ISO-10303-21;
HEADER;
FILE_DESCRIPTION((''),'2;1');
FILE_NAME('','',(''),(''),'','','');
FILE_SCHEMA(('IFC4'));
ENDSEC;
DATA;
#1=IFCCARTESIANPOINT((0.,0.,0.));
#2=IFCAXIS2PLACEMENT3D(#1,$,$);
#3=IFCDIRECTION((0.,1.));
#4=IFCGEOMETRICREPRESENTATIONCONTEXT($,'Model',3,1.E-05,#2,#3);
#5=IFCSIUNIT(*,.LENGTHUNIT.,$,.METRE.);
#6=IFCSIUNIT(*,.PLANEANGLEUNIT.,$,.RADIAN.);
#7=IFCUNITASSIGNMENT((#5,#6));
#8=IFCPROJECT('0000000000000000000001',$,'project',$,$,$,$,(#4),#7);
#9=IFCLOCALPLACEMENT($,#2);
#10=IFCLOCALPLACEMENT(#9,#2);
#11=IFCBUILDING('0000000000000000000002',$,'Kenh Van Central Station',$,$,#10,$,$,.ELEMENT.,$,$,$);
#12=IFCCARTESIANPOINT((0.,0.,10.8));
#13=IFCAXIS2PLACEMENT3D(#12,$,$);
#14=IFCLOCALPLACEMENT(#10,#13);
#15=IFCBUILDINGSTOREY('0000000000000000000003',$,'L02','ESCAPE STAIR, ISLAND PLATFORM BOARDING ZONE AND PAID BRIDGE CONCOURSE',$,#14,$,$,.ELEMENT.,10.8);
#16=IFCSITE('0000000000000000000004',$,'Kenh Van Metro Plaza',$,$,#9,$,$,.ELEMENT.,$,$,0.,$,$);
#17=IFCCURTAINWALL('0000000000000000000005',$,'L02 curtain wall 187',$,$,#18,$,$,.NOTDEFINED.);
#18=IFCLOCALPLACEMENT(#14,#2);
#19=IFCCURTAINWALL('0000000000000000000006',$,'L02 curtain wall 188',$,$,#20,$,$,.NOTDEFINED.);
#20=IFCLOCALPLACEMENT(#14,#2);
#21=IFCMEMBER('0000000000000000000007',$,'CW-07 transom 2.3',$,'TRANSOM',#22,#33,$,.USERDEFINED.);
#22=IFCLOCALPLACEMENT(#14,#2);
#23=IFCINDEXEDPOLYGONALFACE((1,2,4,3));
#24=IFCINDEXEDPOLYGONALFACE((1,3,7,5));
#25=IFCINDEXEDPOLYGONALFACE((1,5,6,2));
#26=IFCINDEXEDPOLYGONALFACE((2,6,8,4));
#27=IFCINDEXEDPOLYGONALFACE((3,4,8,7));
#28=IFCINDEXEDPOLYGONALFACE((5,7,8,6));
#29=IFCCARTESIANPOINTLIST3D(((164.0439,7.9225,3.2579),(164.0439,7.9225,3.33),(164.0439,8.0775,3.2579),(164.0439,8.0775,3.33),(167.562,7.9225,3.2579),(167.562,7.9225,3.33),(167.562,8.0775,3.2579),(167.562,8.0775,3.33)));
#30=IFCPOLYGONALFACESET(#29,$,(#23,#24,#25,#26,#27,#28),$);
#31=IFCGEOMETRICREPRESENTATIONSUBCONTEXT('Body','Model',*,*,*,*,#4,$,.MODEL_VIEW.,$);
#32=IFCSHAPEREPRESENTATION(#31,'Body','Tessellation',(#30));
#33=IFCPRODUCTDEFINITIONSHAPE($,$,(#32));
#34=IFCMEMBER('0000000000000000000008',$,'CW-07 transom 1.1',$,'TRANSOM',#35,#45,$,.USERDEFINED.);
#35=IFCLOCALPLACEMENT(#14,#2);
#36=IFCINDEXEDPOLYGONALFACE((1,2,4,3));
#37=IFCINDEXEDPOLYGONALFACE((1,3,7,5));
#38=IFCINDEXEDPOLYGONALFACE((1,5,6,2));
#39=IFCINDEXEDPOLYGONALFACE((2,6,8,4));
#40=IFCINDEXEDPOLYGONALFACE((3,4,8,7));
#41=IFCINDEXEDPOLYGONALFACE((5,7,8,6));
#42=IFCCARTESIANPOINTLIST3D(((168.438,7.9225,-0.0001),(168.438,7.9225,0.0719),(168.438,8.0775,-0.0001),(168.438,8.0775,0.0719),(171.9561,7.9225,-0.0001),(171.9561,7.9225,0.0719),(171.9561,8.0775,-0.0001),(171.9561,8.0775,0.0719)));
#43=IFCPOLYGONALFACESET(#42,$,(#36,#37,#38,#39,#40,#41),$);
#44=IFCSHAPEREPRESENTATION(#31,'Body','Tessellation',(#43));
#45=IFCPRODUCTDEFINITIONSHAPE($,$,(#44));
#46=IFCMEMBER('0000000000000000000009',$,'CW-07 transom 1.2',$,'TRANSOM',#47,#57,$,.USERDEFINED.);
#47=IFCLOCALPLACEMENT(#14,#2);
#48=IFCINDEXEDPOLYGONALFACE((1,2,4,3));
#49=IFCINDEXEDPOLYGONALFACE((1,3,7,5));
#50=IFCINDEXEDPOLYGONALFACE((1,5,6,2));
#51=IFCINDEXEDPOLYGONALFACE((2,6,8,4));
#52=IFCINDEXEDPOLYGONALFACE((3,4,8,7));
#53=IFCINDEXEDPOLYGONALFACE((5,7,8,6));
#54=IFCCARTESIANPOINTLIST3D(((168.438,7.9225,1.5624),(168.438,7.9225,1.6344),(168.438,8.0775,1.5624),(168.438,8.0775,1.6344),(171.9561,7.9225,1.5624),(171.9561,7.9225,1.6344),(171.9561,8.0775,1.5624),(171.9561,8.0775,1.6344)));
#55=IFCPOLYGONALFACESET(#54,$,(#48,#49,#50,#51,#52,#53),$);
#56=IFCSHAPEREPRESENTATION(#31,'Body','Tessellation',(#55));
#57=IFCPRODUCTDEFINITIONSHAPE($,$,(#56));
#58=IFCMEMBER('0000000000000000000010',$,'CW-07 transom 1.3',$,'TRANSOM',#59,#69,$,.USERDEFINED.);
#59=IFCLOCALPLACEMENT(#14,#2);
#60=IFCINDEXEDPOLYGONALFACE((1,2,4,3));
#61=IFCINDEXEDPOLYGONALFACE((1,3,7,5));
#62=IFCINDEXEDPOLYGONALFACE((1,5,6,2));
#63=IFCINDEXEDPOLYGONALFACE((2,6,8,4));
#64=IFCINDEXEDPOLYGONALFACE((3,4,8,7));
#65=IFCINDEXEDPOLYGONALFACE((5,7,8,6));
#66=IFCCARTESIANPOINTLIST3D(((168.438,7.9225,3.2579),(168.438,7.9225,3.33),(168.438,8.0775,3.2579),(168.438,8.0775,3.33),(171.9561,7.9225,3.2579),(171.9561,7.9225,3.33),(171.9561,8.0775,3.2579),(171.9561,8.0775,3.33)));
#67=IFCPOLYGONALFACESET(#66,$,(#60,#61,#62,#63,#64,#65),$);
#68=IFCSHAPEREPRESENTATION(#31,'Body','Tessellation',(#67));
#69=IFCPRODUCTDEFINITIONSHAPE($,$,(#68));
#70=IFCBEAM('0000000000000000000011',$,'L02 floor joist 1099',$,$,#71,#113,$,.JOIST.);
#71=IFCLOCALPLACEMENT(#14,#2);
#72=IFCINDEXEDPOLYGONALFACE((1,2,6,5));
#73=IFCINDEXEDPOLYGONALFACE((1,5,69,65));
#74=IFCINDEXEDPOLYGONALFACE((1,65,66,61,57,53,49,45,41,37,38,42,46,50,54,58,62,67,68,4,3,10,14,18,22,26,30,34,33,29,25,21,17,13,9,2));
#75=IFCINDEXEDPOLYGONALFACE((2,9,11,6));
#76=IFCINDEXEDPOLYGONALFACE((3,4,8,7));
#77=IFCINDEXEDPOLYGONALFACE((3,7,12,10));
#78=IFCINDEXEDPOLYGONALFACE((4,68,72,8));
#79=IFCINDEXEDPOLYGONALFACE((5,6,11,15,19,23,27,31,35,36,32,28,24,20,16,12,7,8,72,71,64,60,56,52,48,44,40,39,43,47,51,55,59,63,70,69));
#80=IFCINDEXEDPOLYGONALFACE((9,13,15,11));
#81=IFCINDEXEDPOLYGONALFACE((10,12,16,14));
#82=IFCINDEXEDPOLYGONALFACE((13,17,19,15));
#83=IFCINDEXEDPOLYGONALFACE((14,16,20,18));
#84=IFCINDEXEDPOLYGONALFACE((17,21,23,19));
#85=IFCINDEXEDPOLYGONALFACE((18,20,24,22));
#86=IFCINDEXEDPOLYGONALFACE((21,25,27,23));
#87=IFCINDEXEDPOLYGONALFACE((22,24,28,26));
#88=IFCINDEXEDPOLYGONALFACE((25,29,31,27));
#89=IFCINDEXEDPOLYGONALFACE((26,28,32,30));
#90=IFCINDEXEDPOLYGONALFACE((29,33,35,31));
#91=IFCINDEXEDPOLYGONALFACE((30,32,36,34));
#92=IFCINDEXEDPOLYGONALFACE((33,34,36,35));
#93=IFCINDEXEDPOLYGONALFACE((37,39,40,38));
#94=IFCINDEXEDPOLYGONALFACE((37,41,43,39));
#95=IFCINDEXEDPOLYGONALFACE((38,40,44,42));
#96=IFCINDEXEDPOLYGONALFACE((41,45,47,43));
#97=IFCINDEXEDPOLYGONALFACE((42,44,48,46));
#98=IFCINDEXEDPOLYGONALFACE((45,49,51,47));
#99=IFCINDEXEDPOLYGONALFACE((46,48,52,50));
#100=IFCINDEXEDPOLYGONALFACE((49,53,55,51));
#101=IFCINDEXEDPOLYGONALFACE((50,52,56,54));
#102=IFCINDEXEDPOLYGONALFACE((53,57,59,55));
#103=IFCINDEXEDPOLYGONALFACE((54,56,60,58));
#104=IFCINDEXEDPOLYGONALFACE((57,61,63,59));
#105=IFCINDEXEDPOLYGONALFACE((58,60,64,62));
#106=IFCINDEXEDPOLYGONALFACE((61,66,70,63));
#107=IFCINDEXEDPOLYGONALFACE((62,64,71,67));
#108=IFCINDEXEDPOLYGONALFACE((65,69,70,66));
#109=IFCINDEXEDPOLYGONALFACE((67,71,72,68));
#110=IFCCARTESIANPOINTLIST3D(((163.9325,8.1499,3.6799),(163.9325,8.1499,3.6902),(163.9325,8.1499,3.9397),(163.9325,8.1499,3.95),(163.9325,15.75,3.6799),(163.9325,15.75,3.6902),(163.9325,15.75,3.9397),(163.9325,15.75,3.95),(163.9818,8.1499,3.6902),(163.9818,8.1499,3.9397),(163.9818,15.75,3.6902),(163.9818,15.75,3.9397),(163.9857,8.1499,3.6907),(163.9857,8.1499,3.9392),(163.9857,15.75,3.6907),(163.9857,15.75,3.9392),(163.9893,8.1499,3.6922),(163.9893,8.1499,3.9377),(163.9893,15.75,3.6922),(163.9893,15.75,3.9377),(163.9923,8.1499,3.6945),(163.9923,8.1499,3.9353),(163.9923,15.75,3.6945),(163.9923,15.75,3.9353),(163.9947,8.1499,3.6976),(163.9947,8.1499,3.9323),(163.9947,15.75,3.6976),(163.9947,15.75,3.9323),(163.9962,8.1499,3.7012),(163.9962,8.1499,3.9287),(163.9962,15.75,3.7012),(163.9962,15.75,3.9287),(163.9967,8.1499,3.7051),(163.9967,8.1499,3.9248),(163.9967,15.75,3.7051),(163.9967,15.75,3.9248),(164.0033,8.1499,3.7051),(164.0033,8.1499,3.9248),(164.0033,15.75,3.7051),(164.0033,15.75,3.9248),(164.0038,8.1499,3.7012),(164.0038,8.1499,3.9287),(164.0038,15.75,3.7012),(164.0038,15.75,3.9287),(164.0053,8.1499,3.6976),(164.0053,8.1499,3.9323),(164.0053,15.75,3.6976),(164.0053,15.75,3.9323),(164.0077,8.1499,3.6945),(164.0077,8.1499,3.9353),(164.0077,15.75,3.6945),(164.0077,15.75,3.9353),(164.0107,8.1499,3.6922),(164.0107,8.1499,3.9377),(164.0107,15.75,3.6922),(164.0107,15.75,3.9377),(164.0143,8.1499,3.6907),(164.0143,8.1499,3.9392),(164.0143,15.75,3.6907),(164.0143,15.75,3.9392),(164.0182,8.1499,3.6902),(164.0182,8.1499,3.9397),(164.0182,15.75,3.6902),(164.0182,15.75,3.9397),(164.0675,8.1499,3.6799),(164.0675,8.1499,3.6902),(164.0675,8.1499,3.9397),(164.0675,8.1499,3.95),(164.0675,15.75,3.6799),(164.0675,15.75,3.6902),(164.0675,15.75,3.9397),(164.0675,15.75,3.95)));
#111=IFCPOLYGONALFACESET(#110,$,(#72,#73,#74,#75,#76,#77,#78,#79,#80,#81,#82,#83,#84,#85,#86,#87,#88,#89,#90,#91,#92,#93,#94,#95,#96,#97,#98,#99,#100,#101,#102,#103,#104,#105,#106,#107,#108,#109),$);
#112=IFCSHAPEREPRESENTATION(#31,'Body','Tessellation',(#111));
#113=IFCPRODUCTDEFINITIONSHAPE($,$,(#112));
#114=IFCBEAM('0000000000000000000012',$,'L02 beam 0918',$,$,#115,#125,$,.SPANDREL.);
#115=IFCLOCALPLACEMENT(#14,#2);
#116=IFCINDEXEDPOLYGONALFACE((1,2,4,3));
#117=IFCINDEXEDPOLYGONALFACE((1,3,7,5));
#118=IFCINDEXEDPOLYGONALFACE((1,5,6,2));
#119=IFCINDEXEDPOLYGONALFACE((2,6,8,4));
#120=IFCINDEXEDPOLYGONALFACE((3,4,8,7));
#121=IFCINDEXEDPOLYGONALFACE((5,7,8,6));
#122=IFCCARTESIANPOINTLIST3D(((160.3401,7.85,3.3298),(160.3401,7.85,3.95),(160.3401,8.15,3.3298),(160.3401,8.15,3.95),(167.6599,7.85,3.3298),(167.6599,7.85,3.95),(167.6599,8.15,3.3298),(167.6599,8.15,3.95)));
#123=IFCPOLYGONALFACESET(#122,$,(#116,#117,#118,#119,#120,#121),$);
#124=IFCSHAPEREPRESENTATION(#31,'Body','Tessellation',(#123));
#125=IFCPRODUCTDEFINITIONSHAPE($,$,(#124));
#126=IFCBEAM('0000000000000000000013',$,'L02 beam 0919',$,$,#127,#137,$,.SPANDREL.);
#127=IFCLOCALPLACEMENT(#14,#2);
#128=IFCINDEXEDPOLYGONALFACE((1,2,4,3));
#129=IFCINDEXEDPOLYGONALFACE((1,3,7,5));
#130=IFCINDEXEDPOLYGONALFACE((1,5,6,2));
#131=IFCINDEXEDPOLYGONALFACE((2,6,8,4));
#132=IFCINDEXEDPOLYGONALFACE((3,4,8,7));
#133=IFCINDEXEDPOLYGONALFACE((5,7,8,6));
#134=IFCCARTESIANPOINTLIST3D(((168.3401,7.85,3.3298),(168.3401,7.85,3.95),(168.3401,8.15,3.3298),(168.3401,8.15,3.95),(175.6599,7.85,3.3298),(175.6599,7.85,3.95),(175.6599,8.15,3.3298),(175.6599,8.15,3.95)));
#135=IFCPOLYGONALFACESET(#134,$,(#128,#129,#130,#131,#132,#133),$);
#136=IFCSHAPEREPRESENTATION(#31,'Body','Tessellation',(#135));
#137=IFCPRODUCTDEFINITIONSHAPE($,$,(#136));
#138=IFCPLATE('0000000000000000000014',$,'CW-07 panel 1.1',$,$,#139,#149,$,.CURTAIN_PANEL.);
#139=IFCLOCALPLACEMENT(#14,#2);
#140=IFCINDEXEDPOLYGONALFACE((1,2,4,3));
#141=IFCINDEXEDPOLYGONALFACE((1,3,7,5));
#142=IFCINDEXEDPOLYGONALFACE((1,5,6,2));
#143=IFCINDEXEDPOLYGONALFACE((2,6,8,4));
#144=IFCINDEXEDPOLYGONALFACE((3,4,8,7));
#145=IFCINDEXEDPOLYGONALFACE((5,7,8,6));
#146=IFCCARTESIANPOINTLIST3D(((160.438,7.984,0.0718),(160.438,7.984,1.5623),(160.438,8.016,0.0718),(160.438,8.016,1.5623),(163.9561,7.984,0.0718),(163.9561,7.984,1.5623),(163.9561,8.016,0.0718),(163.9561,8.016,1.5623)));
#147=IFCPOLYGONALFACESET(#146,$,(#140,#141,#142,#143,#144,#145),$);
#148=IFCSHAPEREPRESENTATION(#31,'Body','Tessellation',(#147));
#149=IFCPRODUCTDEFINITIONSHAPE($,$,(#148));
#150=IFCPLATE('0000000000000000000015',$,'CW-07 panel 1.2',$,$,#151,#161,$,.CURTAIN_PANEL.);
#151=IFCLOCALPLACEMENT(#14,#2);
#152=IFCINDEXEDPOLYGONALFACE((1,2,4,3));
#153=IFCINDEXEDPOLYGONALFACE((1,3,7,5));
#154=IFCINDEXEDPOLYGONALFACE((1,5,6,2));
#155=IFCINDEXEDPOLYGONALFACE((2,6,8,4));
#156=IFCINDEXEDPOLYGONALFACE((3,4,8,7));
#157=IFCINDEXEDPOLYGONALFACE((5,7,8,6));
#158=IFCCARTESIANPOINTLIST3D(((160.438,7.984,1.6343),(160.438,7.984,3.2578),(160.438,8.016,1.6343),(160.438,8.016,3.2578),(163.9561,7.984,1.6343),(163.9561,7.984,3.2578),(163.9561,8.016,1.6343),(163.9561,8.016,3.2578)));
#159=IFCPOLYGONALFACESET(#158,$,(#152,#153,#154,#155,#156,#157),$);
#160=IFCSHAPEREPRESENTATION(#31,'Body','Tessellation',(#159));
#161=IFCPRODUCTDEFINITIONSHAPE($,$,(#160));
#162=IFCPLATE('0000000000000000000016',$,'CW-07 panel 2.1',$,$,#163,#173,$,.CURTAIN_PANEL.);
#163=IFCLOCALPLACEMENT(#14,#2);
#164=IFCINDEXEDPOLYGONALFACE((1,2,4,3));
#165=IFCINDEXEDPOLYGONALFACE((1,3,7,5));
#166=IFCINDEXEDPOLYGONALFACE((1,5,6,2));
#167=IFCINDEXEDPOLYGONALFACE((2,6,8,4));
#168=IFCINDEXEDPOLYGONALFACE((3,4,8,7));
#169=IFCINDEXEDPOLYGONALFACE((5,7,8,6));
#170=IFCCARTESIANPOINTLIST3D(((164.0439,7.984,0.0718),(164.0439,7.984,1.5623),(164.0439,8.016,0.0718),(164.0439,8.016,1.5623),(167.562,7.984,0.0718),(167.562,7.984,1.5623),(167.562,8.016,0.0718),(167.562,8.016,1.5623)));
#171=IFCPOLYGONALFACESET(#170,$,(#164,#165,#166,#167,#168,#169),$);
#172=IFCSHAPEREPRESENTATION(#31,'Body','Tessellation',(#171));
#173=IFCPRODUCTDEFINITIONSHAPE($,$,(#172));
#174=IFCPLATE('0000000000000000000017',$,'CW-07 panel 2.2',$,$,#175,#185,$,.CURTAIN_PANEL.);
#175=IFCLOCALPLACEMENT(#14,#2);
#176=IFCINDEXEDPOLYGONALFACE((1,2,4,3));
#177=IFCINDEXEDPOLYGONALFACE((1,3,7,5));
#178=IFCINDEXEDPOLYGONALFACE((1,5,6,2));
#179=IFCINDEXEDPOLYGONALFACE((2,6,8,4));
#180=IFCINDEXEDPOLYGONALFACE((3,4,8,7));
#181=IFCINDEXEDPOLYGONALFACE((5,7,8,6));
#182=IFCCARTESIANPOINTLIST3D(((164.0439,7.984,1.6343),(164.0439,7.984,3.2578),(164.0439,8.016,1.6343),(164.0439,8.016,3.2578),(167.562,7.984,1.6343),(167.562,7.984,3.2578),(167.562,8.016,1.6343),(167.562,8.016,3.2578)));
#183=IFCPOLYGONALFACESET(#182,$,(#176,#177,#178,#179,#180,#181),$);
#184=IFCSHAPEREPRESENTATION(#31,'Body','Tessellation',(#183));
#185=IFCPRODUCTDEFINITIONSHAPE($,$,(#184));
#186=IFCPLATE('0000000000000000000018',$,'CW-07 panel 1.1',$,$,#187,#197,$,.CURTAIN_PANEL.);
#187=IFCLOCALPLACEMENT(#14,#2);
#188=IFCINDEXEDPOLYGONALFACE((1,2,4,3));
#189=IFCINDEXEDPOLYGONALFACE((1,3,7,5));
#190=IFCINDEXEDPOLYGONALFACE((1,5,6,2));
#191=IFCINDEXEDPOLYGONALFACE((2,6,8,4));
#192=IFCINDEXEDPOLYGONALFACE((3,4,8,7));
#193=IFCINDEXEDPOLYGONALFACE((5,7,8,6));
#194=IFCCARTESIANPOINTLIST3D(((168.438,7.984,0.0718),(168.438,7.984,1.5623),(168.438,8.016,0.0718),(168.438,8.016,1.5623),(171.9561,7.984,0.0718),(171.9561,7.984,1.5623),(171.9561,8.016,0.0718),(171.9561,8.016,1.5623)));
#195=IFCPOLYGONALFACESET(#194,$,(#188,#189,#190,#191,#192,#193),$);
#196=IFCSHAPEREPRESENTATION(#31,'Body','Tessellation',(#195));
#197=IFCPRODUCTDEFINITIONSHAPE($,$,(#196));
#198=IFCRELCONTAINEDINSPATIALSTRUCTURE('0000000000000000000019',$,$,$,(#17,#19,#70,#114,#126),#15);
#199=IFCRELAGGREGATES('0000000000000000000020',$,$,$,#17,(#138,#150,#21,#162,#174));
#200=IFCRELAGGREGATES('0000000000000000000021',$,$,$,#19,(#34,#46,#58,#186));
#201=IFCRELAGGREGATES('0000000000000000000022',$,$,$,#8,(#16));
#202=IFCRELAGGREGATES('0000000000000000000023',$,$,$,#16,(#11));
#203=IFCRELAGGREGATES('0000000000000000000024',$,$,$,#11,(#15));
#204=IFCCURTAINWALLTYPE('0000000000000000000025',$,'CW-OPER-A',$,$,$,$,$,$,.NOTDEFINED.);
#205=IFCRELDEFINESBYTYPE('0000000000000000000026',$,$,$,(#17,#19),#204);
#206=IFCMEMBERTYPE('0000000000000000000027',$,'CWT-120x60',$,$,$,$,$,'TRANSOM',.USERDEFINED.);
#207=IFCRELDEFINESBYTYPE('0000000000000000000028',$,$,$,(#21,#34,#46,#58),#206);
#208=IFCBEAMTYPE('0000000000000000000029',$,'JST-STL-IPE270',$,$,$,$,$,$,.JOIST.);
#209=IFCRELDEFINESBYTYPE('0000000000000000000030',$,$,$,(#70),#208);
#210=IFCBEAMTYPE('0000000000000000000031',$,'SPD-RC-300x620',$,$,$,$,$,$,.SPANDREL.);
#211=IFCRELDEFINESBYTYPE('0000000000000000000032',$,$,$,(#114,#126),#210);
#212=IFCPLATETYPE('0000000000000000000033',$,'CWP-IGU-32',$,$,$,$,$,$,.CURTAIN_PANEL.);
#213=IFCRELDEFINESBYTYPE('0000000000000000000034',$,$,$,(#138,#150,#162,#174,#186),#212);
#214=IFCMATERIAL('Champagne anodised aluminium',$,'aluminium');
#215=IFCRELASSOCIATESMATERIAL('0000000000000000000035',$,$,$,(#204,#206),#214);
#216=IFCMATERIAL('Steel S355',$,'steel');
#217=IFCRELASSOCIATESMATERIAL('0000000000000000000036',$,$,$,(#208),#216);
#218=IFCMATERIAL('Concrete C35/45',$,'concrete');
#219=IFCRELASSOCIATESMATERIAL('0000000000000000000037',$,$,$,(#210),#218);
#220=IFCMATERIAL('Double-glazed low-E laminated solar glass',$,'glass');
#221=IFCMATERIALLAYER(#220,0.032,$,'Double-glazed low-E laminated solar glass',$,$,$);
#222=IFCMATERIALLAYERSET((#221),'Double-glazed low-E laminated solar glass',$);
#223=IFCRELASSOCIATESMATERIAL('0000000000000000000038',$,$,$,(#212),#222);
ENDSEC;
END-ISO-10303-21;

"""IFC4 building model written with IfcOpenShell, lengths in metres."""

from ifc_helpers import new_model, si_unit, direction, frame, origin, origin_2d, place, context, subcontext, project, spatial, rectangle, i_section, extrude, material, layer, layer_set, material_profile, profile_set, type_object, element, aggregate, save


model = new_model("IFC4")

# Units and contexts
model_context = context("Model", 3, precision=1e-05, world=origin(), true_north=direction((0.0, 1.0)))
body_context = subcontext(model_context, "Body", "Model", "MODEL_VIEW")
ifc_project = project(units=[si_unit("LENGTHUNIT", "METRE"), si_unit("PLANEANGLEUNIT", "RADIAN")], contexts=[model_context])

# Site, building, storey
site_placement = place(None, origin())
site = spatial("IfcSite", under=ifc_project, at=site_placement, Name="Kenh Van Metro Plaza", CompositionType="ELEMENT", RefElevation=0.0)
building_placement = place(site_placement, origin())
building = spatial("IfcBuilding", under=site, at=building_placement, Name="Kenh Van Central Station", CompositionType="ELEMENT")
storey_placement = place(building_placement, frame((0.0, 0.0, 10.8)))
storey = spatial("IfcBuildingStorey", under=building, at=storey_placement, Name="L02", Description="ESCAPE STAIR, ISLAND PLATFORM BOARDING ZONE AND PAID BRIDGE CONCOURSE", CompositionType="ELEMENT", Elevation=10.8)

# Shared definitions
ifc_material_1 = material(Name="Concrete C35/45", Category="concrete")

# Curtain wall
ifc_material_2 = material(Name="Champagne anodised aluminium", Category="aluminium")
curtain_wall_type = type_object("IfcCurtainWallType", Name="CW-OPER-A", PredefinedType="NOTDEFINED", material=ifc_material_2)
curtain_wall_1_placement = place(storey_placement, origin())
curtain_wall_1 = element("IfcCurtainWall", 1, at=curtain_wall_1_placement, inside=storey, type_object=curtain_wall_type, Name="L02 curtain wall 187", PredefinedType="NOTDEFINED")

# Curtain wall
curtain_wall_2_placement = place(storey_placement, origin())
curtain_wall_2 = element("IfcCurtainWall", 2, at=curtain_wall_2_placement, inside=storey, type_object=curtain_wall_type, Name="L02 curtain wall 188", PredefinedType="NOTDEFINED")

# Members
ifc_material_profile_1 = material_profile(ifc_material_2, rectangle(XDim=0.155, YDim=0.072, at=origin_2d()), Name="AL 155x72")
ifc_profile_set_1 = profile_set([ifc_material_profile_1], Name="Champagne anodised aluminium")
member_type_1 = type_object("IfcMemberType", Name="CWT-120x60", ElementType="TRANSOM", PredefinedType="USERDEFINED", material=ifc_profile_set_1)
member_1_placement = place(storey_placement, frame((164.0439, 8.0, 3.2939), z_axis=(1.0, 0.0, 0.0), x_axis=(0.0, 1.0, 0.0)))
member_1 = element("IfcMember", 3, at=member_1_placement, type_object=member_type_1, Name="CW-07 transom 2.3", ObjectType="TRANSOM", PredefinedType="USERDEFINED", context=body_context, shape_type="SweptSolid", body=[
    extrude(rectangle(XDim=0.155, YDim=0.072, at=origin_2d()), origin(), (0.0, 0.0, 1.0), 3.5181),
])
member_2_placement = place(storey_placement, frame((168.438, 8.0, 0.0359), z_axis=(1.0, 0.0, 0.0), x_axis=(0.0, 1.0, 0.0)))
member_2 = element("IfcMember", 4, at=member_2_placement, type_object=member_type_1, Name="CW-07 transom 1.1", ObjectType="TRANSOM", PredefinedType="USERDEFINED", context=body_context, shape_type="SweptSolid", body=[
    extrude(rectangle(XDim=0.155, YDim=0.072, at=origin_2d()), origin(), (0.0, 0.0, 1.0), 3.5181),
])
member_3_placement = place(storey_placement, frame((168.438, 8.0, 1.5984), z_axis=(1.0, 0.0, 0.0), x_axis=(0.0, 1.0, 0.0)))
member_3 = element("IfcMember", 5, at=member_3_placement, type_object=member_type_1, Name="CW-07 transom 1.2", ObjectType="TRANSOM", PredefinedType="USERDEFINED", context=body_context, shape_type="SweptSolid", body=[
    extrude(rectangle(XDim=0.155, YDim=0.072, at=origin_2d()), origin(), (0.0, 0.0, 1.0), 3.5181),
])
member_4_placement = place(storey_placement, frame((168.438, 8.0, 3.2939), z_axis=(1.0, 0.0, 0.0), x_axis=(0.0, 1.0, 0.0)))
member_4 = element("IfcMember", 6, at=member_4_placement, type_object=member_type_1, Name="CW-07 transom 1.3", ObjectType="TRANSOM", PredefinedType="USERDEFINED", context=body_context, shape_type="SweptSolid", body=[
    extrude(rectangle(XDim=0.155, YDim=0.072, at=origin_2d()), origin(), (0.0, 0.0, 1.0), 3.5181),
])

# Beams
ifc_material_3 = material(Name="Steel S355", Category="steel")
ifc_material_profile_2 = material_profile(ifc_material_3, i_section(OverallWidth=0.135, OverallDepth=0.27, WebThickness=0.0066, FlangeThickness=0.0103, FilletRadius=0.0149, at=origin_2d()), Name="IPE 270")
ifc_profile_set_2 = profile_set([ifc_material_profile_2], Name="Steel S355")
beam_type_1 = type_object("IfcBeamType", Name="JST-STL-IPE270", PredefinedType="JOIST", material=ifc_profile_set_2)
beam_placement = place(storey_placement, frame((164.0, 8.1499, 3.8149), z_axis=(0.0, 1.0, 0.0), x_axis=(-1.0, 0.0, 0.0)))
element("IfcBeam", 7, at=beam_placement, inside=storey, type_object=beam_type_1, Name="L02 floor joist 1099", PredefinedType="JOIST", context=body_context, shape_type="SweptSolid", body=[
    extrude(i_section(OverallWidth=0.135, OverallDepth=0.27, WebThickness=0.0066, FlangeThickness=0.0103, FilletRadius=0.0149, at=origin_2d()), origin(), (0.0, 0.0, 1.0), 7.6001),
])
ifc_material_profile_3 = material_profile(ifc_material_1, rectangle(XDim=0.3, YDim=0.6201, at=origin_2d()), Name="RC 300x620")
ifc_profile_set_3 = profile_set([ifc_material_profile_3], Name="Concrete C35/45")
beam_type_2 = type_object("IfcBeamType", Name="SPD-RC-300x620", PredefinedType="SPANDREL", material=ifc_profile_set_3)
for number, where, z_axis, x_axis, name in (
    (8, (160.3401, 8.0, 3.6399), (1.0, 0.0, 0.0), (0.0, 1.0, 0.0), "L02 beam 0918"),
    (9, (168.3401, 8.0, 3.6399), (1.0, 0.0, 0.0), (0.0, 1.0, 0.0), "L02 beam 0919"),
):
    element("IfcBeam", number, at=place(storey_placement, frame(where, z_axis=z_axis, x_axis=x_axis)), inside=storey, type_object=beam_type_2, Name=name, PredefinedType="SPANDREL", context=body_context, shape_type="SweptSolid", body=[
        extrude(rectangle(XDim=0.3, YDim=0.6201, at=origin_2d()), origin(), (0.0, 0.0, 1.0), 7.3198),
    ])

# Plates
ifc_material_4 = material(Name="Double-glazed low-E laminated solar glass", Category="glass")
ifc_layer = layer(ifc_material_4, 0.032, Name="Double-glazed low-E laminated solar glass")
ifc_layer_set = layer_set([ifc_layer], Name="Double-glazed low-E laminated solar glass")
plate_type = type_object("IfcPlateType", Name="CWP-IGU-32", PredefinedType="CURTAIN_PANEL", material=ifc_layer_set)
plate_1_placement = place(storey_placement, frame((162.197, 8.0, 0.0718), z_axis=(0.0, 0.0, 1.0), x_axis=(1.0, 0.0, 0.0)))
plate_1 = element("IfcPlate", 10, at=plate_1_placement, type_object=plate_type, Name="CW-07 panel 1.1", PredefinedType="CURTAIN_PANEL", context=body_context, shape_type="SweptSolid", body=[
    extrude(rectangle(XDim=3.5181, YDim=0.032, at=origin_2d()), origin(), (0.0, 0.0, 1.0), 1.4905),
])
plate_2_placement = place(storey_placement, frame((162.197, 8.0, 1.6343), z_axis=(0.0, 0.0, 1.0), x_axis=(1.0, 0.0, 0.0)))
plate_2 = element("IfcPlate", 11, at=plate_2_placement, type_object=plate_type, Name="CW-07 panel 1.2", PredefinedType="CURTAIN_PANEL", context=body_context, shape_type="SweptSolid", body=[
    extrude(rectangle(XDim=3.5181, YDim=0.032, at=origin_2d()), origin(), (0.0, 0.0, 1.0), 1.6235),
])
plate_3_placement = place(storey_placement, frame((165.803, 8.0, 0.0718), z_axis=(0.0, 0.0, 1.0), x_axis=(1.0, 0.0, 0.0)))
plate_3 = element("IfcPlate", 12, at=plate_3_placement, type_object=plate_type, Name="CW-07 panel 2.1", PredefinedType="CURTAIN_PANEL", context=body_context, shape_type="SweptSolid", body=[
    extrude(rectangle(XDim=3.5181, YDim=0.032, at=origin_2d()), origin(), (0.0, 0.0, 1.0), 1.4905),
])
plate_4_placement = place(storey_placement, frame((165.803, 8.0, 1.6343), z_axis=(0.0, 0.0, 1.0), x_axis=(1.0, 0.0, 0.0)))
plate_4 = element("IfcPlate", 13, at=plate_4_placement, type_object=plate_type, Name="CW-07 panel 2.2", PredefinedType="CURTAIN_PANEL", context=body_context, shape_type="SweptSolid", body=[
    extrude(rectangle(XDim=3.5181, YDim=0.032, at=origin_2d()), origin(), (0.0, 0.0, 1.0), 1.6235),
])
aggregate(curtain_wall_1, [plate_1, plate_2, member_1, plate_3, plate_4])
plate_5_placement = place(storey_placement, frame((170.197, 8.0, 0.0718), z_axis=(0.0, 0.0, 1.0), x_axis=(1.0, 0.0, 0.0)))
plate_5 = element("IfcPlate", 14, at=plate_5_placement, type_object=plate_type, Name="CW-07 panel 1.1", PredefinedType="CURTAIN_PANEL", context=body_context, shape_type="SweptSolid", body=[
    extrude(rectangle(XDim=3.5181, YDim=0.032, at=origin_2d()), origin(), (0.0, 0.0, 1.0), 1.4905),
])
aggregate(curtain_wall_2, [member_2, member_3, member_4, plate_5])

save(model, "model.ifc")
